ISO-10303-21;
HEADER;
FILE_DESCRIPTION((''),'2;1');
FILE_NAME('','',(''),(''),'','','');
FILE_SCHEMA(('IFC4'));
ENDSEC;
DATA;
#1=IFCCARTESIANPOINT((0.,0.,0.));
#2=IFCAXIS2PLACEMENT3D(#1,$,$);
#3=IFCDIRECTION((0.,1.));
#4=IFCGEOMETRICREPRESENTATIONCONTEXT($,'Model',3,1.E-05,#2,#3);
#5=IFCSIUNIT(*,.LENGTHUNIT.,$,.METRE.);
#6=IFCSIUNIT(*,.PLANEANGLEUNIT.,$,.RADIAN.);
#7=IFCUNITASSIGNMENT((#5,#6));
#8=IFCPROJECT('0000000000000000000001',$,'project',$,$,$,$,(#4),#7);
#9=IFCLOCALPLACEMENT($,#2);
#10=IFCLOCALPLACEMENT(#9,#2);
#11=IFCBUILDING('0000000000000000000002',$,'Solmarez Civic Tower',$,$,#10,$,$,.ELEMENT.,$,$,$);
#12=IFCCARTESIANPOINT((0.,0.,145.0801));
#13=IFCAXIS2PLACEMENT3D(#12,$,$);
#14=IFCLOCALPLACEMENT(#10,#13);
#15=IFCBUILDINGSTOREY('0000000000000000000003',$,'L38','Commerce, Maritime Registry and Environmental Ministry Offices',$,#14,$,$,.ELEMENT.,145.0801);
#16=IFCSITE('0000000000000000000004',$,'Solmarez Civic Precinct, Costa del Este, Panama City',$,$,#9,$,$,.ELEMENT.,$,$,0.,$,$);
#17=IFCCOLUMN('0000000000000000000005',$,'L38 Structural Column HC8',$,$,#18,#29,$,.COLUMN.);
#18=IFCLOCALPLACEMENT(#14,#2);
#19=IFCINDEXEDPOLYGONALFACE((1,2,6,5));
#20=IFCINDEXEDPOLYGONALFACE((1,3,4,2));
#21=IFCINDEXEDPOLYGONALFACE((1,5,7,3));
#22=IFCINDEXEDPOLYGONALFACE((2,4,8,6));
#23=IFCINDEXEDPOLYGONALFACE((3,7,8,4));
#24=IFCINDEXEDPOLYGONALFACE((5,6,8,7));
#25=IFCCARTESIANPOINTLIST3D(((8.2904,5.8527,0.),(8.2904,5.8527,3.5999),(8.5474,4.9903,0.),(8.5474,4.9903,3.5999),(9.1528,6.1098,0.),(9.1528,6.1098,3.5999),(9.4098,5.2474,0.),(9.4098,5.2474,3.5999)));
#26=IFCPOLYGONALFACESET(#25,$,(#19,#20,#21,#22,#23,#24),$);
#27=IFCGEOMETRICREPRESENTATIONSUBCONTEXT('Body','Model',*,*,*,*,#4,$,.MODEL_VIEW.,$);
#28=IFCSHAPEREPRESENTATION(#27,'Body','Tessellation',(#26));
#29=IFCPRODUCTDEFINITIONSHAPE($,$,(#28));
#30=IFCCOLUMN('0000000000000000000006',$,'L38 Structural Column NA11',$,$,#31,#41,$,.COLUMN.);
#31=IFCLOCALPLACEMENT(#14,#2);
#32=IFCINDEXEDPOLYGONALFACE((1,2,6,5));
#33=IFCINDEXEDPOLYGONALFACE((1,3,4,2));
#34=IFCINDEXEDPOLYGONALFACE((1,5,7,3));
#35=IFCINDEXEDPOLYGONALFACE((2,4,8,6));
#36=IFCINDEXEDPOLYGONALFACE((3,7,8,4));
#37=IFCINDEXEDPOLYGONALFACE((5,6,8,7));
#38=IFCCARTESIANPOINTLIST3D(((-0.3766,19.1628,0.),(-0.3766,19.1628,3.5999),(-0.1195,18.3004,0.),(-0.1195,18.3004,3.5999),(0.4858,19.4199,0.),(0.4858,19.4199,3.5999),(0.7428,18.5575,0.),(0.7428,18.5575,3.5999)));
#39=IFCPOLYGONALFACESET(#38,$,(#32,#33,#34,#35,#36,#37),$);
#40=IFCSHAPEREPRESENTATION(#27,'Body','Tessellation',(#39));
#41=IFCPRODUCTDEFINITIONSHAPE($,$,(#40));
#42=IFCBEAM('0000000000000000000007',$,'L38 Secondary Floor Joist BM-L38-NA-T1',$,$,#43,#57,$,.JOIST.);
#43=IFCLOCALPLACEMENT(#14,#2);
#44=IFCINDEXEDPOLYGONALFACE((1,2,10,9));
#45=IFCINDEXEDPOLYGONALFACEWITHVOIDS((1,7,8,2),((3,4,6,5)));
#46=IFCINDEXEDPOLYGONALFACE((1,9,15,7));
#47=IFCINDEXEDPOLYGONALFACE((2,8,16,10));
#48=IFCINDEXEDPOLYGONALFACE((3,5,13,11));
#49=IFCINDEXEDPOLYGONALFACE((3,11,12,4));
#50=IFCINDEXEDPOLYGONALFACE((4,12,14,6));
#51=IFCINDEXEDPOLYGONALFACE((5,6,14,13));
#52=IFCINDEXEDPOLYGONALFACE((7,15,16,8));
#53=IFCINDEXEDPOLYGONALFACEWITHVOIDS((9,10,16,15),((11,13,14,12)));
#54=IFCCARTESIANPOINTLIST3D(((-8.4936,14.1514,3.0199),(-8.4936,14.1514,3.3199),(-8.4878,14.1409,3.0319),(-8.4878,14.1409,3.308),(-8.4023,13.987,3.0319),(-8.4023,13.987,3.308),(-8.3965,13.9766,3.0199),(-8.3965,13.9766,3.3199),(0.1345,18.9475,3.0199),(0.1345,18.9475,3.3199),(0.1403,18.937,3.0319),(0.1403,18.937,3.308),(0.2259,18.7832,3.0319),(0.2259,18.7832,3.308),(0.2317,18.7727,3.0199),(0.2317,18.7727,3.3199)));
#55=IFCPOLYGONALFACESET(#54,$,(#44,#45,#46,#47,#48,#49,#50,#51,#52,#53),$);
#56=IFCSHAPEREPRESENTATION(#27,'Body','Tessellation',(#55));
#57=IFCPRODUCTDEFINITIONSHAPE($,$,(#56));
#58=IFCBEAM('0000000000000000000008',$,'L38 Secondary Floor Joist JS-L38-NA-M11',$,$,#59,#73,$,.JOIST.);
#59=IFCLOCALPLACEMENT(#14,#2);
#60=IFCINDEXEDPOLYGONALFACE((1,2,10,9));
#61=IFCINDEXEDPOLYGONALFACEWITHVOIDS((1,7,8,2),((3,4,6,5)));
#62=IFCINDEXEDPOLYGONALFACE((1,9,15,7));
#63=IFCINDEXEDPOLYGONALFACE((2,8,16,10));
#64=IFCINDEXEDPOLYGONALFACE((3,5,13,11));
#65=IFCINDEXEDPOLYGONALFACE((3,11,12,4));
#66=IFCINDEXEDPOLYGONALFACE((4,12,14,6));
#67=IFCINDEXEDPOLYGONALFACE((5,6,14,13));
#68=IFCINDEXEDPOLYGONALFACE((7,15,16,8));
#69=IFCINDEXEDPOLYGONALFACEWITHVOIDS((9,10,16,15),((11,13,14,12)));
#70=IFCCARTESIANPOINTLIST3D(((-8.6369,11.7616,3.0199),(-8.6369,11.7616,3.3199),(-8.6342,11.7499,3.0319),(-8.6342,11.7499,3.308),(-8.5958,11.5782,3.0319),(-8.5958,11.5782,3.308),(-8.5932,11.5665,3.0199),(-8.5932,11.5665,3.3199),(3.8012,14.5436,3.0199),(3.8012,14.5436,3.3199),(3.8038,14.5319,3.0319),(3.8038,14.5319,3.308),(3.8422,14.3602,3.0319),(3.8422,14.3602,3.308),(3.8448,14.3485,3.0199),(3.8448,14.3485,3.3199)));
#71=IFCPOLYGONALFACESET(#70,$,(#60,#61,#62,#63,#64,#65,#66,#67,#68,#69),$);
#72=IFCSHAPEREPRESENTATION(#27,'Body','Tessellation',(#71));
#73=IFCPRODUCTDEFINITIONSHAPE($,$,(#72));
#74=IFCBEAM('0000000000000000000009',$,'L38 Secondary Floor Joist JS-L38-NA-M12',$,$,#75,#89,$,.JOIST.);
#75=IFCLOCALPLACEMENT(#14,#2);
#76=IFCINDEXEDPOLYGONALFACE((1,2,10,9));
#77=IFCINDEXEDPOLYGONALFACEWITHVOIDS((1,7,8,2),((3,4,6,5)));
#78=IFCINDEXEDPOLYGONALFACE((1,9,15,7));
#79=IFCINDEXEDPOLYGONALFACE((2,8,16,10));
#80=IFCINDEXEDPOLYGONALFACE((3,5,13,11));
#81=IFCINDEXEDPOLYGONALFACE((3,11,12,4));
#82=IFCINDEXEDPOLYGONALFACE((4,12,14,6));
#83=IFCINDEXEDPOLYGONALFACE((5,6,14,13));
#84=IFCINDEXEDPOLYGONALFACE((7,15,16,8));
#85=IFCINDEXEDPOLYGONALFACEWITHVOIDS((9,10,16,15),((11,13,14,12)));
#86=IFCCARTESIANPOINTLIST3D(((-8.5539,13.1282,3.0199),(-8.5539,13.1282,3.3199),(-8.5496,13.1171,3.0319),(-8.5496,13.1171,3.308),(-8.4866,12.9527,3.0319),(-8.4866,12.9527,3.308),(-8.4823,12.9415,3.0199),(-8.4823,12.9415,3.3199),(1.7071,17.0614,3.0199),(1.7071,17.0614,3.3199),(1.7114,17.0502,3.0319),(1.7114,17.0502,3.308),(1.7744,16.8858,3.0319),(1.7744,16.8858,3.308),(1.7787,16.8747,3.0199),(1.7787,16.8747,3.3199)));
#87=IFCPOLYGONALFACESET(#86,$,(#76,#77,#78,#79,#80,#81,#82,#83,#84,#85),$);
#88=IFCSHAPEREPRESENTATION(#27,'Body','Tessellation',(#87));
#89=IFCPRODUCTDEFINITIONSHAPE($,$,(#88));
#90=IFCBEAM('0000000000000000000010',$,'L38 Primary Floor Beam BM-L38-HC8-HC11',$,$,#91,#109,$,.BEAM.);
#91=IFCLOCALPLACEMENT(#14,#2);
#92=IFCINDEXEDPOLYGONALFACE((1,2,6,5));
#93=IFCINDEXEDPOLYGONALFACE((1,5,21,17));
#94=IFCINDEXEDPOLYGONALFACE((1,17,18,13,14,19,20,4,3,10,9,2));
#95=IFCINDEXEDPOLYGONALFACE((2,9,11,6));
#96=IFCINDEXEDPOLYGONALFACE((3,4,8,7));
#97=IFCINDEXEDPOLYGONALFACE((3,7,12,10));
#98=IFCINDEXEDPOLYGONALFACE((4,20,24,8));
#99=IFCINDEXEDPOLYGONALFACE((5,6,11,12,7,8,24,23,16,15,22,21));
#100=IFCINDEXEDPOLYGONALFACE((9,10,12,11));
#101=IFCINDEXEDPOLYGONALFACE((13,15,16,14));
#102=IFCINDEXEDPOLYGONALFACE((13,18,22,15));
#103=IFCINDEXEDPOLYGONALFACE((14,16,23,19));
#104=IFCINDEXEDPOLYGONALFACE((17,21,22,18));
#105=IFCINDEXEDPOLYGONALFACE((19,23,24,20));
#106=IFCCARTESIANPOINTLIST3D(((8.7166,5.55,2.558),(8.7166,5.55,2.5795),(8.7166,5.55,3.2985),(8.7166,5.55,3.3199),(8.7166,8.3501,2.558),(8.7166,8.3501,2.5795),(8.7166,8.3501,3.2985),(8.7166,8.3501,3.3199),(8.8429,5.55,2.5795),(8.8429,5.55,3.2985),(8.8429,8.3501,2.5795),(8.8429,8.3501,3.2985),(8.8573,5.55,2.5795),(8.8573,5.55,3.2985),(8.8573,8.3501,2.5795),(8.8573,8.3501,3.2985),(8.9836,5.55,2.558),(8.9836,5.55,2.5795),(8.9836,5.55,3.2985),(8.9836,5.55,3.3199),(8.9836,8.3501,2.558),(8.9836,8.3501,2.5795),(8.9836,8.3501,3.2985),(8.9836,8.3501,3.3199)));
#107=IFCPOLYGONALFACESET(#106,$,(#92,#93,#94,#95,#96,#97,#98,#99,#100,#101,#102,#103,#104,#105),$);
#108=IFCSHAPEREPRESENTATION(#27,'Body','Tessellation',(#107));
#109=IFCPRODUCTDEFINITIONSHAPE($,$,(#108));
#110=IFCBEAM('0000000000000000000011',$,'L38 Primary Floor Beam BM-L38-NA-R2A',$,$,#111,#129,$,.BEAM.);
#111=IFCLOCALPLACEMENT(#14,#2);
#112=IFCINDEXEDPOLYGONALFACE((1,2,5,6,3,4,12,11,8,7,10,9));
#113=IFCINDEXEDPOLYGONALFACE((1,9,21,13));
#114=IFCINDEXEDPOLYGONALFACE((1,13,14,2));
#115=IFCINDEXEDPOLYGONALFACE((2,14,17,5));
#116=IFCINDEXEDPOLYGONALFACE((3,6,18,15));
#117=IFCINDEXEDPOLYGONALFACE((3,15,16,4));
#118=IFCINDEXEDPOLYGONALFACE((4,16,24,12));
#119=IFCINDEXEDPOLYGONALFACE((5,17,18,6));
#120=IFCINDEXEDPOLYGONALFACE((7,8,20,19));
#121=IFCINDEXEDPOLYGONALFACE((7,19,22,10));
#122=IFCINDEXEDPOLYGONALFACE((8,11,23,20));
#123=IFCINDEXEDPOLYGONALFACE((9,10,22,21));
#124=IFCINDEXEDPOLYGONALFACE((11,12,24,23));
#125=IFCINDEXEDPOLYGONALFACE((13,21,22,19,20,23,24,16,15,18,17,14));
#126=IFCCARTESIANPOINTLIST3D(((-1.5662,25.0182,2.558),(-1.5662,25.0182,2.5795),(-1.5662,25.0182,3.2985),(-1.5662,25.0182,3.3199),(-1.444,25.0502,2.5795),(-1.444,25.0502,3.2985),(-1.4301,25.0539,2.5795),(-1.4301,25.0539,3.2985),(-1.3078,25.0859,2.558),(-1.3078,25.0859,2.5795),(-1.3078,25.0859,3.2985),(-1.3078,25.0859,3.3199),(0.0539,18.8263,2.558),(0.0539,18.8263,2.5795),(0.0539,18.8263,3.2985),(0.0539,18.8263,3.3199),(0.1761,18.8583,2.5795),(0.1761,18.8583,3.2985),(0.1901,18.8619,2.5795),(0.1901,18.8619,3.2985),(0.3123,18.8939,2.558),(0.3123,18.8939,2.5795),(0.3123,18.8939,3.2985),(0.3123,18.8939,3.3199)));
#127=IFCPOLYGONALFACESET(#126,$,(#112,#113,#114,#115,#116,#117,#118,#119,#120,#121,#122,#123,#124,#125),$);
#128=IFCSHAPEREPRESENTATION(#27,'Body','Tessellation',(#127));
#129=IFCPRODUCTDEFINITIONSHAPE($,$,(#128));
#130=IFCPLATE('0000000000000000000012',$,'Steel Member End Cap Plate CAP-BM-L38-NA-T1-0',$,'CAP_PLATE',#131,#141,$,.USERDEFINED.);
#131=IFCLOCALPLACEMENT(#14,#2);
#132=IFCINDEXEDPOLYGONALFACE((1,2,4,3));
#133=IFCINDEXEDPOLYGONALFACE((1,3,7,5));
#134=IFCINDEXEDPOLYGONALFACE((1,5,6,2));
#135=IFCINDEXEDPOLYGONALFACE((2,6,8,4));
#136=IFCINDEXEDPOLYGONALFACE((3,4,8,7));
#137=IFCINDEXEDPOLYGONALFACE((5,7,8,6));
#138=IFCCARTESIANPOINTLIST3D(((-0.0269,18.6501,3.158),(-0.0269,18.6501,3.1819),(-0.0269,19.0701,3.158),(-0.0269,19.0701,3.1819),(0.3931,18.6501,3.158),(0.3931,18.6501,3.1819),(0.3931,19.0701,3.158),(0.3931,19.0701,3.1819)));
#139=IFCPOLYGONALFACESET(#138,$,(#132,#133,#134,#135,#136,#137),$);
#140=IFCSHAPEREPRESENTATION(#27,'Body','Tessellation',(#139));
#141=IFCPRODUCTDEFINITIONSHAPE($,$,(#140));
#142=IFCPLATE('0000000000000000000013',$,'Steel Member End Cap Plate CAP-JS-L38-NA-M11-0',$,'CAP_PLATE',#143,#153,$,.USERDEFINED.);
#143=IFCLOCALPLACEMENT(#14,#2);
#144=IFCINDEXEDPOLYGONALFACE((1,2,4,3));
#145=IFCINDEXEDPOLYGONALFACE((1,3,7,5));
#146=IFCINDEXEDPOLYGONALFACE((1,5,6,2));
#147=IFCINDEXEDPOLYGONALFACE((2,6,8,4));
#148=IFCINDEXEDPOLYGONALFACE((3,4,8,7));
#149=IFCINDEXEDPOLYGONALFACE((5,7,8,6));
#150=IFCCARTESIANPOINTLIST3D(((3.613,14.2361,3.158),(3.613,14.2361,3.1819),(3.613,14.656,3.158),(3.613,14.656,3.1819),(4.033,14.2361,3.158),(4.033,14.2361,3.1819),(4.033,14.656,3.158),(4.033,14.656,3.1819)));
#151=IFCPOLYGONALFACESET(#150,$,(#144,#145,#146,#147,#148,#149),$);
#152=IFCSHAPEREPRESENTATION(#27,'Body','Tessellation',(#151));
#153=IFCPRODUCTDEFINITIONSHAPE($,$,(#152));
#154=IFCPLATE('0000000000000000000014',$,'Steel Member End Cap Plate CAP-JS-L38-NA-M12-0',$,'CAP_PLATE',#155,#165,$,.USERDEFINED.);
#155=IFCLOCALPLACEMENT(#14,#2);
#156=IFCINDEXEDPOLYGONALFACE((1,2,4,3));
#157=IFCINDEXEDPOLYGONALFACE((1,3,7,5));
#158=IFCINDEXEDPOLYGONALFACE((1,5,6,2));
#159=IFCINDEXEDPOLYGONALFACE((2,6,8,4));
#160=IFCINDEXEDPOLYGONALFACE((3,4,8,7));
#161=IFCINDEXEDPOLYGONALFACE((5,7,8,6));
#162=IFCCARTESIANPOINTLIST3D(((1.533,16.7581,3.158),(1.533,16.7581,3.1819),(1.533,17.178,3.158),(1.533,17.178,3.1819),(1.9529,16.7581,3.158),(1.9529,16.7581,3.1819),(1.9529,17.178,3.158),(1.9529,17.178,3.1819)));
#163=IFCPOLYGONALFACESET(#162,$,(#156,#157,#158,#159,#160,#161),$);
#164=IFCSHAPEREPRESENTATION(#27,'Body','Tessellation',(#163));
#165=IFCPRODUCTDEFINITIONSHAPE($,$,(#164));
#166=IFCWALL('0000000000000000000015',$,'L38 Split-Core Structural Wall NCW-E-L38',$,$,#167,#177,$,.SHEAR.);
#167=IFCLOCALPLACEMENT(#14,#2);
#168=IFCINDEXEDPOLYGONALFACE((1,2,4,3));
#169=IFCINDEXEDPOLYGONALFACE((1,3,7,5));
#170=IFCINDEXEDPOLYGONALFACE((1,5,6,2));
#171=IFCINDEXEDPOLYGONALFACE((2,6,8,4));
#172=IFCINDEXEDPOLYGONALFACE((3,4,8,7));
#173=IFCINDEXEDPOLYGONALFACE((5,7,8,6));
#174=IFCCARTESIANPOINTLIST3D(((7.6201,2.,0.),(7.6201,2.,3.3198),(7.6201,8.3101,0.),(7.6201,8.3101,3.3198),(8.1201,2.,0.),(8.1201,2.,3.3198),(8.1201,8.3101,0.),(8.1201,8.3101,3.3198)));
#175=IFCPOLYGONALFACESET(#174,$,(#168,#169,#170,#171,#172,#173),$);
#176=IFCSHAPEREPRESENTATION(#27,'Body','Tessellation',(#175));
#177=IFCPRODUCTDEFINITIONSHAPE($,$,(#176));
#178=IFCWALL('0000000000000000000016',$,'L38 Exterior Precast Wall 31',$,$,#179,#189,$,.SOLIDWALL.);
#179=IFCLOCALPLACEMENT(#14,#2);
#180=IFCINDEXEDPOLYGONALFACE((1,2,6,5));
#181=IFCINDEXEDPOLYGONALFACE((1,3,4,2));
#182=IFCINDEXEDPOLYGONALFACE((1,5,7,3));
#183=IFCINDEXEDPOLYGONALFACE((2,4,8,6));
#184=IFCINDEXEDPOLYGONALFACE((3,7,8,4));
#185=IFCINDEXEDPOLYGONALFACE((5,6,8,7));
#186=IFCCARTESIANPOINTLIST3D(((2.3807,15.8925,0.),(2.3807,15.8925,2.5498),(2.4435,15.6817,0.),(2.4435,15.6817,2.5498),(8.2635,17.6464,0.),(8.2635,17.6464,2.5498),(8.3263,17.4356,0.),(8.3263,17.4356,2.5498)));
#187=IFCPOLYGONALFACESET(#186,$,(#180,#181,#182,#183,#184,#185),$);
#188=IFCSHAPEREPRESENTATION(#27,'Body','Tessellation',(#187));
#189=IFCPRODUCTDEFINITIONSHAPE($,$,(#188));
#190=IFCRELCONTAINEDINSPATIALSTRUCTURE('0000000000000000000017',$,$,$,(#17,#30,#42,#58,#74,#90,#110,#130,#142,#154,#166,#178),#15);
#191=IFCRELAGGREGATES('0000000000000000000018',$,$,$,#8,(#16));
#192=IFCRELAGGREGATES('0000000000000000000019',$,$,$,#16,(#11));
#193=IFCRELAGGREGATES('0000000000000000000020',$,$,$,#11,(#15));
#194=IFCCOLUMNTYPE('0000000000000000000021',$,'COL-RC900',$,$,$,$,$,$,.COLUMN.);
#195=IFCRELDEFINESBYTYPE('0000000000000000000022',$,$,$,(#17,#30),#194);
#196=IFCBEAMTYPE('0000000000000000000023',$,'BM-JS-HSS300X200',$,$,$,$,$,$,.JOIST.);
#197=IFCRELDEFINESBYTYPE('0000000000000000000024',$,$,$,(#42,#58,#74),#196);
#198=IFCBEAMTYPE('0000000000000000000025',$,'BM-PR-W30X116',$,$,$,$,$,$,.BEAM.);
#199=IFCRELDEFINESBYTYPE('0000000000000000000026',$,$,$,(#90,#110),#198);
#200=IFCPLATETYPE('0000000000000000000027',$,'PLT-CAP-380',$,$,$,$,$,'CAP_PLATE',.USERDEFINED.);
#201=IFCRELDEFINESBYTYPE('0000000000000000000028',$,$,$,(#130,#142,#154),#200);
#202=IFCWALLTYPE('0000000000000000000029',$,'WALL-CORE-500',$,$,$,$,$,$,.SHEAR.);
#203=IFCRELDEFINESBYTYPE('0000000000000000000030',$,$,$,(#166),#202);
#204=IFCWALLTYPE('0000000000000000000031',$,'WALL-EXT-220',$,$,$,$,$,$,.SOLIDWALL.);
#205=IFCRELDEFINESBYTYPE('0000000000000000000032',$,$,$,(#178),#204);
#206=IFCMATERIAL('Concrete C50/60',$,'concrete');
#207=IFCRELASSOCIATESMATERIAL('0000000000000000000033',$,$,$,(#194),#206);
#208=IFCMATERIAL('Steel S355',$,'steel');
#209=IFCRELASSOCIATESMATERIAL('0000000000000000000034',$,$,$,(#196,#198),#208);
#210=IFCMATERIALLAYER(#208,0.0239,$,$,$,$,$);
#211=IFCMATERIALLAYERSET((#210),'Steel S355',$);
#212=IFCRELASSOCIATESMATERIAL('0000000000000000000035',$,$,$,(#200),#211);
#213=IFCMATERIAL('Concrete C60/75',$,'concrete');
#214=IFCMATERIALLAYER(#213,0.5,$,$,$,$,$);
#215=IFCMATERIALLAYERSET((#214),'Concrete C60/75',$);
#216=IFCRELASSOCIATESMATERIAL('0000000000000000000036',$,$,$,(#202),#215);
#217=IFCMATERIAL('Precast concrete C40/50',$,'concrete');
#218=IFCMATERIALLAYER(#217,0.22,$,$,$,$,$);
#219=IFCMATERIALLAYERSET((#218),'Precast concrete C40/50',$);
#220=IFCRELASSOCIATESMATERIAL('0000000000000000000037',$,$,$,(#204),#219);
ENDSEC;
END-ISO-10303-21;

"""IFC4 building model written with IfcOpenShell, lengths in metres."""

from ifc_helpers import new_model, si_unit, direction, frame, frame_2d, origin, origin_2d, place, context, subcontext, project, spatial, rectangle, hollow_rectangle, i_section, extrude, material, layer, layer_set, material_profile, profile_set, type_object, element, save


model = new_model("IFC4")

# Units and contexts
model_context = context("Model", 3, precision=1e-05, world=origin(), true_north=direction((0.0, 1.0)))
body_context = subcontext(model_context, "Body", "Model", "MODEL_VIEW")
ifc_project = project(units=[si_unit("LENGTHUNIT", "METRE"), si_unit("PLANEANGLEUNIT", "RADIAN")], contexts=[model_context])

# Site, building, storey
site_placement = place(None, origin())
site = spatial("IfcSite", under=ifc_project, at=site_placement, Name="Solmarez Civic Precinct, Costa del Este, Panama City", CompositionType="ELEMENT", RefElevation=0.0)
building_placement = place(site_placement, origin())
building = spatial("IfcBuilding", under=site, at=building_placement, Name="Solmarez Civic Tower", CompositionType="ELEMENT")
storey_placement = place(building_placement, frame((0.0, 0.0, 145.0801)))
storey = spatial("IfcBuildingStorey", under=building, at=storey_placement, Name="L38", Description="Commerce, Maritime Registry and Environmental Ministry Offices", CompositionType="ELEMENT", Elevation=145.0801)

# Columns
ifc_material_1 = material(Name="Concrete C50/60", Category="concrete")
ifc_material_profile_1 = material_profile(ifc_material_1, rectangle(XDim=0.8999, YDim=0.8999, at=origin_2d()), Name="RC900X900")
ifc_profile_set_1 = profile_set([ifc_material_profile_1], Name="Concrete C50/60")
column_type = type_object("IfcColumnType", Name="COL-RC900", PredefinedType="COLUMN", material=ifc_profile_set_1)
for number, where, z_axis, x_axis, name in (
    (1, (8.8501, 5.55, 0.0), (0.0, 0.0, 1.0), (0.958323, 0.285688, 0.0), "L38 Structural Column HC8"),
    (2, (0.1831, 18.8601, 0.0), (0.0, 0.0, 1.0), (0.958323, 0.285688, 0.0), "L38 Structural Column NA11"),
):
    element("IfcColumn", number, at=place(storey_placement, frame(where, z_axis=z_axis, x_axis=x_axis)), inside=storey, type_object=column_type, Name=name, PredefinedType="COLUMN", context=body_context, shape_type="SweptSolid", body=[
        extrude(rectangle(XDim=0.8999, YDim=0.8999, at=origin_2d()), origin(), (0.0, 0.0, 1.0), 3.5999),
    ])

# Beams
ifc_material_2 = material(Name="Steel S355", Category="steel")
ifc_material_profile_2 = material_profile(ifc_material_2, hollow_rectangle(XDim=0.2, YDim=0.3, WallThickness=0.012, at=origin_2d()), Name="HSS300X200X12")
ifc_profile_set_2 = profile_set([ifc_material_profile_2], Name="Steel S355")
beam_type_1 = type_object("IfcBeamType", Name="BM-JS-HSS300X200", PredefinedType="JOIST", material=ifc_profile_set_2)
beam_1_placement = place(storey_placement, frame((0.1831, 18.8601, 3.1699), z_axis=(-0.874041, -0.485853, 0.0), x_axis=(0.485853, -0.874041, 0.0)))
element("IfcBeam", 3, at=beam_1_placement, inside=storey, type_object=beam_type_1, Name="L38 Secondary Floor Joist BM-L38-NA-T1", PredefinedType="JOIST", context=body_context, shape_type="SweptSolid", body=[
    extrude(hollow_rectangle(XDim=0.2, YDim=0.3, WallThickness=0.012, at=origin_2d()), origin(), (0.0, 0.0, 1.0), 9.8716),
])
beam_2_placement = place(storey_placement, frame((3.823, 14.446, 3.1699), z_axis=(-0.975887, -0.218275, 0.0), x_axis=(0.218275, -0.975887, 0.0)))
element("IfcBeam", 4, at=beam_2_placement, inside=storey, type_object=beam_type_1, Name="L38 Secondary Floor Joist JS-L38-NA-M11", PredefinedType="JOIST", context=body_context, shape_type="SweptSolid", body=[
    extrude(hollow_rectangle(XDim=0.2, YDim=0.3, WallThickness=0.012, at=origin_2d()), origin(), (0.0, 0.0, 1.0), 12.7454),
])
beam_3_placement = place(storey_placement, frame((1.7429, 16.968, 3.1699), z_axis=(-0.933754, -0.357914, 0.0), x_axis=(0.357914, -0.933754, 0.0)))
element("IfcBeam", 5, at=beam_3_placement, inside=storey, type_object=beam_type_1, Name="L38 Secondary Floor Joist JS-L38-NA-M12", PredefinedType="JOIST", context=body_context, shape_type="SweptSolid", body=[
    extrude(hollow_rectangle(XDim=0.2, YDim=0.3, WallThickness=0.012, at=origin_2d()), origin(), (0.0, 0.0, 1.0), 10.989),
])
ifc_material_profile_3 = material_profile(ifc_material_2, i_section(OverallWidth=0.2671, OverallDepth=0.762, WebThickness=0.0144, FlangeThickness=0.0215, at=origin_2d()), Name="W30X116")
ifc_profile_set_3 = profile_set([ifc_material_profile_3], Name="Steel S355")
beam_type_2 = type_object("IfcBeamType", Name="BM-PR-W30X116", PredefinedType="BEAM", material=ifc_profile_set_3)
beam_4_placement = place(storey_placement, frame((8.8501, 5.55, 2.939), z_axis=(0.0, 1.0, 0.0), x_axis=(-1.0, 0.0, 0.0)))
element("IfcBeam", 6, at=beam_4_placement, inside=storey, type_object=beam_type_2, Name="L38 Primary Floor Beam BM-L38-HC8-HC11", PredefinedType="BEAM", context=body_context, shape_type="SweptSolid", body=[
    extrude(i_section(OverallWidth=0.2671, OverallDepth=0.762, WebThickness=0.0144, FlangeThickness=0.0215, at=origin_2d()), origin(), (0.0, 0.0, 1.0), 2.8),
])
beam_5_placement = place(storey_placement, frame((0.1831, 18.8601, 2.939), z_axis=(-0.25313, 0.967432, 0.0), x_axis=(-0.967432, -0.25313, 0.0)))
element("IfcBeam", 7, at=beam_5_placement, inside=storey, type_object=beam_type_2, Name="L38 Primary Floor Beam BM-L38-NA-R2A", PredefinedType="BEAM", context=body_context, shape_type="SweptSolid", body=[
    extrude(i_section(OverallWidth=0.2671, OverallDepth=0.762, WebThickness=0.0144, FlangeThickness=0.0215, at=origin_2d()), origin(), (0.0, 0.0, 1.0), 6.4004),
])

# Plates
ifc_layer_1 = layer(ifc_material_2, 0.0239)
ifc_layer_set_1 = layer_set([ifc_layer_1], Name="Steel S355")
plate_type = type_object("IfcPlateType", Name="PLT-CAP-380", ElementType="CAP_PLATE", PredefinedType="USERDEFINED", material=ifc_layer_set_1)
for number, where, z_axis, x_axis, name in (
    (8, (0.1831, 18.8601, 3.158), (0.0, 0.0, 1.0), (1.0, 0.0, 0.0), "Steel Member End Cap Plate CAP-BM-L38-NA-T1-0"),
    (9, (3.823, 14.446, 3.158), (0.0, 0.0, 1.0), (1.0, 0.0, 0.0), "Steel Member End Cap Plate CAP-JS-L38-NA-M11-0"),
    (10, (1.7429, 16.968, 3.158), (0.0, 0.0, 1.0), (1.0, 0.0, 0.0), "Steel Member End Cap Plate CAP-JS-L38-NA-M12-0"),
):
    element("IfcPlate", number, at=place(storey_placement, frame(where, z_axis=z_axis, x_axis=x_axis)), inside=storey, type_object=plate_type, Name=name, ObjectType="CAP_PLATE", PredefinedType="USERDEFINED", context=body_context, shape_type="SweptSolid", body=[
        extrude(rectangle(XDim=0.4199, YDim=0.4199, at=origin_2d()), origin(), (0.0, 0.0, 1.0), 0.0239),
    ])

# Walls
ifc_material_3 = material(Name="Concrete C60/75", Category="concrete")
ifc_layer_2 = layer(ifc_material_3, 0.5)
ifc_layer_set_2 = layer_set([ifc_layer_2], Name="Concrete C60/75")
wall_type_1 = type_object("IfcWallType", Name="WALL-CORE-500", PredefinedType="SHEAR", material=ifc_layer_set_2)
wall_1_placement = place(storey_placement, frame((7.8701, 8.3101, 0.0), z_axis=(0.0, 0.0, 1.0), x_axis=(0.0, -1.0, 0.0)))
element("IfcWall", 11, at=wall_1_placement, inside=storey, type_object=wall_type_1, Name="L38 Split-Core Structural Wall NCW-E-L38", PredefinedType="SHEAR", context=body_context, shape_type="SweptSolid", body=[
    extrude(rectangle(XDim=6.3101, YDim=0.5, at=frame_2d((3.155, 0.0))), origin(), (0.0, 0.0, 1.0), 3.3198),
])
ifc_material_4 = material(Name="Precast concrete C40/50", Category="concrete")
ifc_layer_3 = layer(ifc_material_4, 0.22)
ifc_layer_set_3 = layer_set([ifc_layer_3], Name="Precast concrete C40/50")
wall_type_2 = type_object("IfcWallType", Name="WALL-EXT-220", PredefinedType="SOLIDWALL", material=ifc_layer_set_3)
wall_2_placement = place(storey_placement, frame((2.4121, 15.7871, 0.0), z_axis=(0.0, 0.0, 1.0), x_axis=(0.958315, 0.285713, 0.0)))
element("IfcWall", 12, at=wall_2_placement, inside=storey, type_object=wall_type_2, Name="L38 Exterior Precast Wall 31", PredefinedType="SOLIDWALL", context=body_context, shape_type="SweptSolid", body=[
    extrude(rectangle(XDim=6.1387, YDim=0.22, at=frame_2d((3.0693, 0.0))), origin(), (0.0, 0.0, 1.0), 2.5498),
])

save(model, "model.ifc")
